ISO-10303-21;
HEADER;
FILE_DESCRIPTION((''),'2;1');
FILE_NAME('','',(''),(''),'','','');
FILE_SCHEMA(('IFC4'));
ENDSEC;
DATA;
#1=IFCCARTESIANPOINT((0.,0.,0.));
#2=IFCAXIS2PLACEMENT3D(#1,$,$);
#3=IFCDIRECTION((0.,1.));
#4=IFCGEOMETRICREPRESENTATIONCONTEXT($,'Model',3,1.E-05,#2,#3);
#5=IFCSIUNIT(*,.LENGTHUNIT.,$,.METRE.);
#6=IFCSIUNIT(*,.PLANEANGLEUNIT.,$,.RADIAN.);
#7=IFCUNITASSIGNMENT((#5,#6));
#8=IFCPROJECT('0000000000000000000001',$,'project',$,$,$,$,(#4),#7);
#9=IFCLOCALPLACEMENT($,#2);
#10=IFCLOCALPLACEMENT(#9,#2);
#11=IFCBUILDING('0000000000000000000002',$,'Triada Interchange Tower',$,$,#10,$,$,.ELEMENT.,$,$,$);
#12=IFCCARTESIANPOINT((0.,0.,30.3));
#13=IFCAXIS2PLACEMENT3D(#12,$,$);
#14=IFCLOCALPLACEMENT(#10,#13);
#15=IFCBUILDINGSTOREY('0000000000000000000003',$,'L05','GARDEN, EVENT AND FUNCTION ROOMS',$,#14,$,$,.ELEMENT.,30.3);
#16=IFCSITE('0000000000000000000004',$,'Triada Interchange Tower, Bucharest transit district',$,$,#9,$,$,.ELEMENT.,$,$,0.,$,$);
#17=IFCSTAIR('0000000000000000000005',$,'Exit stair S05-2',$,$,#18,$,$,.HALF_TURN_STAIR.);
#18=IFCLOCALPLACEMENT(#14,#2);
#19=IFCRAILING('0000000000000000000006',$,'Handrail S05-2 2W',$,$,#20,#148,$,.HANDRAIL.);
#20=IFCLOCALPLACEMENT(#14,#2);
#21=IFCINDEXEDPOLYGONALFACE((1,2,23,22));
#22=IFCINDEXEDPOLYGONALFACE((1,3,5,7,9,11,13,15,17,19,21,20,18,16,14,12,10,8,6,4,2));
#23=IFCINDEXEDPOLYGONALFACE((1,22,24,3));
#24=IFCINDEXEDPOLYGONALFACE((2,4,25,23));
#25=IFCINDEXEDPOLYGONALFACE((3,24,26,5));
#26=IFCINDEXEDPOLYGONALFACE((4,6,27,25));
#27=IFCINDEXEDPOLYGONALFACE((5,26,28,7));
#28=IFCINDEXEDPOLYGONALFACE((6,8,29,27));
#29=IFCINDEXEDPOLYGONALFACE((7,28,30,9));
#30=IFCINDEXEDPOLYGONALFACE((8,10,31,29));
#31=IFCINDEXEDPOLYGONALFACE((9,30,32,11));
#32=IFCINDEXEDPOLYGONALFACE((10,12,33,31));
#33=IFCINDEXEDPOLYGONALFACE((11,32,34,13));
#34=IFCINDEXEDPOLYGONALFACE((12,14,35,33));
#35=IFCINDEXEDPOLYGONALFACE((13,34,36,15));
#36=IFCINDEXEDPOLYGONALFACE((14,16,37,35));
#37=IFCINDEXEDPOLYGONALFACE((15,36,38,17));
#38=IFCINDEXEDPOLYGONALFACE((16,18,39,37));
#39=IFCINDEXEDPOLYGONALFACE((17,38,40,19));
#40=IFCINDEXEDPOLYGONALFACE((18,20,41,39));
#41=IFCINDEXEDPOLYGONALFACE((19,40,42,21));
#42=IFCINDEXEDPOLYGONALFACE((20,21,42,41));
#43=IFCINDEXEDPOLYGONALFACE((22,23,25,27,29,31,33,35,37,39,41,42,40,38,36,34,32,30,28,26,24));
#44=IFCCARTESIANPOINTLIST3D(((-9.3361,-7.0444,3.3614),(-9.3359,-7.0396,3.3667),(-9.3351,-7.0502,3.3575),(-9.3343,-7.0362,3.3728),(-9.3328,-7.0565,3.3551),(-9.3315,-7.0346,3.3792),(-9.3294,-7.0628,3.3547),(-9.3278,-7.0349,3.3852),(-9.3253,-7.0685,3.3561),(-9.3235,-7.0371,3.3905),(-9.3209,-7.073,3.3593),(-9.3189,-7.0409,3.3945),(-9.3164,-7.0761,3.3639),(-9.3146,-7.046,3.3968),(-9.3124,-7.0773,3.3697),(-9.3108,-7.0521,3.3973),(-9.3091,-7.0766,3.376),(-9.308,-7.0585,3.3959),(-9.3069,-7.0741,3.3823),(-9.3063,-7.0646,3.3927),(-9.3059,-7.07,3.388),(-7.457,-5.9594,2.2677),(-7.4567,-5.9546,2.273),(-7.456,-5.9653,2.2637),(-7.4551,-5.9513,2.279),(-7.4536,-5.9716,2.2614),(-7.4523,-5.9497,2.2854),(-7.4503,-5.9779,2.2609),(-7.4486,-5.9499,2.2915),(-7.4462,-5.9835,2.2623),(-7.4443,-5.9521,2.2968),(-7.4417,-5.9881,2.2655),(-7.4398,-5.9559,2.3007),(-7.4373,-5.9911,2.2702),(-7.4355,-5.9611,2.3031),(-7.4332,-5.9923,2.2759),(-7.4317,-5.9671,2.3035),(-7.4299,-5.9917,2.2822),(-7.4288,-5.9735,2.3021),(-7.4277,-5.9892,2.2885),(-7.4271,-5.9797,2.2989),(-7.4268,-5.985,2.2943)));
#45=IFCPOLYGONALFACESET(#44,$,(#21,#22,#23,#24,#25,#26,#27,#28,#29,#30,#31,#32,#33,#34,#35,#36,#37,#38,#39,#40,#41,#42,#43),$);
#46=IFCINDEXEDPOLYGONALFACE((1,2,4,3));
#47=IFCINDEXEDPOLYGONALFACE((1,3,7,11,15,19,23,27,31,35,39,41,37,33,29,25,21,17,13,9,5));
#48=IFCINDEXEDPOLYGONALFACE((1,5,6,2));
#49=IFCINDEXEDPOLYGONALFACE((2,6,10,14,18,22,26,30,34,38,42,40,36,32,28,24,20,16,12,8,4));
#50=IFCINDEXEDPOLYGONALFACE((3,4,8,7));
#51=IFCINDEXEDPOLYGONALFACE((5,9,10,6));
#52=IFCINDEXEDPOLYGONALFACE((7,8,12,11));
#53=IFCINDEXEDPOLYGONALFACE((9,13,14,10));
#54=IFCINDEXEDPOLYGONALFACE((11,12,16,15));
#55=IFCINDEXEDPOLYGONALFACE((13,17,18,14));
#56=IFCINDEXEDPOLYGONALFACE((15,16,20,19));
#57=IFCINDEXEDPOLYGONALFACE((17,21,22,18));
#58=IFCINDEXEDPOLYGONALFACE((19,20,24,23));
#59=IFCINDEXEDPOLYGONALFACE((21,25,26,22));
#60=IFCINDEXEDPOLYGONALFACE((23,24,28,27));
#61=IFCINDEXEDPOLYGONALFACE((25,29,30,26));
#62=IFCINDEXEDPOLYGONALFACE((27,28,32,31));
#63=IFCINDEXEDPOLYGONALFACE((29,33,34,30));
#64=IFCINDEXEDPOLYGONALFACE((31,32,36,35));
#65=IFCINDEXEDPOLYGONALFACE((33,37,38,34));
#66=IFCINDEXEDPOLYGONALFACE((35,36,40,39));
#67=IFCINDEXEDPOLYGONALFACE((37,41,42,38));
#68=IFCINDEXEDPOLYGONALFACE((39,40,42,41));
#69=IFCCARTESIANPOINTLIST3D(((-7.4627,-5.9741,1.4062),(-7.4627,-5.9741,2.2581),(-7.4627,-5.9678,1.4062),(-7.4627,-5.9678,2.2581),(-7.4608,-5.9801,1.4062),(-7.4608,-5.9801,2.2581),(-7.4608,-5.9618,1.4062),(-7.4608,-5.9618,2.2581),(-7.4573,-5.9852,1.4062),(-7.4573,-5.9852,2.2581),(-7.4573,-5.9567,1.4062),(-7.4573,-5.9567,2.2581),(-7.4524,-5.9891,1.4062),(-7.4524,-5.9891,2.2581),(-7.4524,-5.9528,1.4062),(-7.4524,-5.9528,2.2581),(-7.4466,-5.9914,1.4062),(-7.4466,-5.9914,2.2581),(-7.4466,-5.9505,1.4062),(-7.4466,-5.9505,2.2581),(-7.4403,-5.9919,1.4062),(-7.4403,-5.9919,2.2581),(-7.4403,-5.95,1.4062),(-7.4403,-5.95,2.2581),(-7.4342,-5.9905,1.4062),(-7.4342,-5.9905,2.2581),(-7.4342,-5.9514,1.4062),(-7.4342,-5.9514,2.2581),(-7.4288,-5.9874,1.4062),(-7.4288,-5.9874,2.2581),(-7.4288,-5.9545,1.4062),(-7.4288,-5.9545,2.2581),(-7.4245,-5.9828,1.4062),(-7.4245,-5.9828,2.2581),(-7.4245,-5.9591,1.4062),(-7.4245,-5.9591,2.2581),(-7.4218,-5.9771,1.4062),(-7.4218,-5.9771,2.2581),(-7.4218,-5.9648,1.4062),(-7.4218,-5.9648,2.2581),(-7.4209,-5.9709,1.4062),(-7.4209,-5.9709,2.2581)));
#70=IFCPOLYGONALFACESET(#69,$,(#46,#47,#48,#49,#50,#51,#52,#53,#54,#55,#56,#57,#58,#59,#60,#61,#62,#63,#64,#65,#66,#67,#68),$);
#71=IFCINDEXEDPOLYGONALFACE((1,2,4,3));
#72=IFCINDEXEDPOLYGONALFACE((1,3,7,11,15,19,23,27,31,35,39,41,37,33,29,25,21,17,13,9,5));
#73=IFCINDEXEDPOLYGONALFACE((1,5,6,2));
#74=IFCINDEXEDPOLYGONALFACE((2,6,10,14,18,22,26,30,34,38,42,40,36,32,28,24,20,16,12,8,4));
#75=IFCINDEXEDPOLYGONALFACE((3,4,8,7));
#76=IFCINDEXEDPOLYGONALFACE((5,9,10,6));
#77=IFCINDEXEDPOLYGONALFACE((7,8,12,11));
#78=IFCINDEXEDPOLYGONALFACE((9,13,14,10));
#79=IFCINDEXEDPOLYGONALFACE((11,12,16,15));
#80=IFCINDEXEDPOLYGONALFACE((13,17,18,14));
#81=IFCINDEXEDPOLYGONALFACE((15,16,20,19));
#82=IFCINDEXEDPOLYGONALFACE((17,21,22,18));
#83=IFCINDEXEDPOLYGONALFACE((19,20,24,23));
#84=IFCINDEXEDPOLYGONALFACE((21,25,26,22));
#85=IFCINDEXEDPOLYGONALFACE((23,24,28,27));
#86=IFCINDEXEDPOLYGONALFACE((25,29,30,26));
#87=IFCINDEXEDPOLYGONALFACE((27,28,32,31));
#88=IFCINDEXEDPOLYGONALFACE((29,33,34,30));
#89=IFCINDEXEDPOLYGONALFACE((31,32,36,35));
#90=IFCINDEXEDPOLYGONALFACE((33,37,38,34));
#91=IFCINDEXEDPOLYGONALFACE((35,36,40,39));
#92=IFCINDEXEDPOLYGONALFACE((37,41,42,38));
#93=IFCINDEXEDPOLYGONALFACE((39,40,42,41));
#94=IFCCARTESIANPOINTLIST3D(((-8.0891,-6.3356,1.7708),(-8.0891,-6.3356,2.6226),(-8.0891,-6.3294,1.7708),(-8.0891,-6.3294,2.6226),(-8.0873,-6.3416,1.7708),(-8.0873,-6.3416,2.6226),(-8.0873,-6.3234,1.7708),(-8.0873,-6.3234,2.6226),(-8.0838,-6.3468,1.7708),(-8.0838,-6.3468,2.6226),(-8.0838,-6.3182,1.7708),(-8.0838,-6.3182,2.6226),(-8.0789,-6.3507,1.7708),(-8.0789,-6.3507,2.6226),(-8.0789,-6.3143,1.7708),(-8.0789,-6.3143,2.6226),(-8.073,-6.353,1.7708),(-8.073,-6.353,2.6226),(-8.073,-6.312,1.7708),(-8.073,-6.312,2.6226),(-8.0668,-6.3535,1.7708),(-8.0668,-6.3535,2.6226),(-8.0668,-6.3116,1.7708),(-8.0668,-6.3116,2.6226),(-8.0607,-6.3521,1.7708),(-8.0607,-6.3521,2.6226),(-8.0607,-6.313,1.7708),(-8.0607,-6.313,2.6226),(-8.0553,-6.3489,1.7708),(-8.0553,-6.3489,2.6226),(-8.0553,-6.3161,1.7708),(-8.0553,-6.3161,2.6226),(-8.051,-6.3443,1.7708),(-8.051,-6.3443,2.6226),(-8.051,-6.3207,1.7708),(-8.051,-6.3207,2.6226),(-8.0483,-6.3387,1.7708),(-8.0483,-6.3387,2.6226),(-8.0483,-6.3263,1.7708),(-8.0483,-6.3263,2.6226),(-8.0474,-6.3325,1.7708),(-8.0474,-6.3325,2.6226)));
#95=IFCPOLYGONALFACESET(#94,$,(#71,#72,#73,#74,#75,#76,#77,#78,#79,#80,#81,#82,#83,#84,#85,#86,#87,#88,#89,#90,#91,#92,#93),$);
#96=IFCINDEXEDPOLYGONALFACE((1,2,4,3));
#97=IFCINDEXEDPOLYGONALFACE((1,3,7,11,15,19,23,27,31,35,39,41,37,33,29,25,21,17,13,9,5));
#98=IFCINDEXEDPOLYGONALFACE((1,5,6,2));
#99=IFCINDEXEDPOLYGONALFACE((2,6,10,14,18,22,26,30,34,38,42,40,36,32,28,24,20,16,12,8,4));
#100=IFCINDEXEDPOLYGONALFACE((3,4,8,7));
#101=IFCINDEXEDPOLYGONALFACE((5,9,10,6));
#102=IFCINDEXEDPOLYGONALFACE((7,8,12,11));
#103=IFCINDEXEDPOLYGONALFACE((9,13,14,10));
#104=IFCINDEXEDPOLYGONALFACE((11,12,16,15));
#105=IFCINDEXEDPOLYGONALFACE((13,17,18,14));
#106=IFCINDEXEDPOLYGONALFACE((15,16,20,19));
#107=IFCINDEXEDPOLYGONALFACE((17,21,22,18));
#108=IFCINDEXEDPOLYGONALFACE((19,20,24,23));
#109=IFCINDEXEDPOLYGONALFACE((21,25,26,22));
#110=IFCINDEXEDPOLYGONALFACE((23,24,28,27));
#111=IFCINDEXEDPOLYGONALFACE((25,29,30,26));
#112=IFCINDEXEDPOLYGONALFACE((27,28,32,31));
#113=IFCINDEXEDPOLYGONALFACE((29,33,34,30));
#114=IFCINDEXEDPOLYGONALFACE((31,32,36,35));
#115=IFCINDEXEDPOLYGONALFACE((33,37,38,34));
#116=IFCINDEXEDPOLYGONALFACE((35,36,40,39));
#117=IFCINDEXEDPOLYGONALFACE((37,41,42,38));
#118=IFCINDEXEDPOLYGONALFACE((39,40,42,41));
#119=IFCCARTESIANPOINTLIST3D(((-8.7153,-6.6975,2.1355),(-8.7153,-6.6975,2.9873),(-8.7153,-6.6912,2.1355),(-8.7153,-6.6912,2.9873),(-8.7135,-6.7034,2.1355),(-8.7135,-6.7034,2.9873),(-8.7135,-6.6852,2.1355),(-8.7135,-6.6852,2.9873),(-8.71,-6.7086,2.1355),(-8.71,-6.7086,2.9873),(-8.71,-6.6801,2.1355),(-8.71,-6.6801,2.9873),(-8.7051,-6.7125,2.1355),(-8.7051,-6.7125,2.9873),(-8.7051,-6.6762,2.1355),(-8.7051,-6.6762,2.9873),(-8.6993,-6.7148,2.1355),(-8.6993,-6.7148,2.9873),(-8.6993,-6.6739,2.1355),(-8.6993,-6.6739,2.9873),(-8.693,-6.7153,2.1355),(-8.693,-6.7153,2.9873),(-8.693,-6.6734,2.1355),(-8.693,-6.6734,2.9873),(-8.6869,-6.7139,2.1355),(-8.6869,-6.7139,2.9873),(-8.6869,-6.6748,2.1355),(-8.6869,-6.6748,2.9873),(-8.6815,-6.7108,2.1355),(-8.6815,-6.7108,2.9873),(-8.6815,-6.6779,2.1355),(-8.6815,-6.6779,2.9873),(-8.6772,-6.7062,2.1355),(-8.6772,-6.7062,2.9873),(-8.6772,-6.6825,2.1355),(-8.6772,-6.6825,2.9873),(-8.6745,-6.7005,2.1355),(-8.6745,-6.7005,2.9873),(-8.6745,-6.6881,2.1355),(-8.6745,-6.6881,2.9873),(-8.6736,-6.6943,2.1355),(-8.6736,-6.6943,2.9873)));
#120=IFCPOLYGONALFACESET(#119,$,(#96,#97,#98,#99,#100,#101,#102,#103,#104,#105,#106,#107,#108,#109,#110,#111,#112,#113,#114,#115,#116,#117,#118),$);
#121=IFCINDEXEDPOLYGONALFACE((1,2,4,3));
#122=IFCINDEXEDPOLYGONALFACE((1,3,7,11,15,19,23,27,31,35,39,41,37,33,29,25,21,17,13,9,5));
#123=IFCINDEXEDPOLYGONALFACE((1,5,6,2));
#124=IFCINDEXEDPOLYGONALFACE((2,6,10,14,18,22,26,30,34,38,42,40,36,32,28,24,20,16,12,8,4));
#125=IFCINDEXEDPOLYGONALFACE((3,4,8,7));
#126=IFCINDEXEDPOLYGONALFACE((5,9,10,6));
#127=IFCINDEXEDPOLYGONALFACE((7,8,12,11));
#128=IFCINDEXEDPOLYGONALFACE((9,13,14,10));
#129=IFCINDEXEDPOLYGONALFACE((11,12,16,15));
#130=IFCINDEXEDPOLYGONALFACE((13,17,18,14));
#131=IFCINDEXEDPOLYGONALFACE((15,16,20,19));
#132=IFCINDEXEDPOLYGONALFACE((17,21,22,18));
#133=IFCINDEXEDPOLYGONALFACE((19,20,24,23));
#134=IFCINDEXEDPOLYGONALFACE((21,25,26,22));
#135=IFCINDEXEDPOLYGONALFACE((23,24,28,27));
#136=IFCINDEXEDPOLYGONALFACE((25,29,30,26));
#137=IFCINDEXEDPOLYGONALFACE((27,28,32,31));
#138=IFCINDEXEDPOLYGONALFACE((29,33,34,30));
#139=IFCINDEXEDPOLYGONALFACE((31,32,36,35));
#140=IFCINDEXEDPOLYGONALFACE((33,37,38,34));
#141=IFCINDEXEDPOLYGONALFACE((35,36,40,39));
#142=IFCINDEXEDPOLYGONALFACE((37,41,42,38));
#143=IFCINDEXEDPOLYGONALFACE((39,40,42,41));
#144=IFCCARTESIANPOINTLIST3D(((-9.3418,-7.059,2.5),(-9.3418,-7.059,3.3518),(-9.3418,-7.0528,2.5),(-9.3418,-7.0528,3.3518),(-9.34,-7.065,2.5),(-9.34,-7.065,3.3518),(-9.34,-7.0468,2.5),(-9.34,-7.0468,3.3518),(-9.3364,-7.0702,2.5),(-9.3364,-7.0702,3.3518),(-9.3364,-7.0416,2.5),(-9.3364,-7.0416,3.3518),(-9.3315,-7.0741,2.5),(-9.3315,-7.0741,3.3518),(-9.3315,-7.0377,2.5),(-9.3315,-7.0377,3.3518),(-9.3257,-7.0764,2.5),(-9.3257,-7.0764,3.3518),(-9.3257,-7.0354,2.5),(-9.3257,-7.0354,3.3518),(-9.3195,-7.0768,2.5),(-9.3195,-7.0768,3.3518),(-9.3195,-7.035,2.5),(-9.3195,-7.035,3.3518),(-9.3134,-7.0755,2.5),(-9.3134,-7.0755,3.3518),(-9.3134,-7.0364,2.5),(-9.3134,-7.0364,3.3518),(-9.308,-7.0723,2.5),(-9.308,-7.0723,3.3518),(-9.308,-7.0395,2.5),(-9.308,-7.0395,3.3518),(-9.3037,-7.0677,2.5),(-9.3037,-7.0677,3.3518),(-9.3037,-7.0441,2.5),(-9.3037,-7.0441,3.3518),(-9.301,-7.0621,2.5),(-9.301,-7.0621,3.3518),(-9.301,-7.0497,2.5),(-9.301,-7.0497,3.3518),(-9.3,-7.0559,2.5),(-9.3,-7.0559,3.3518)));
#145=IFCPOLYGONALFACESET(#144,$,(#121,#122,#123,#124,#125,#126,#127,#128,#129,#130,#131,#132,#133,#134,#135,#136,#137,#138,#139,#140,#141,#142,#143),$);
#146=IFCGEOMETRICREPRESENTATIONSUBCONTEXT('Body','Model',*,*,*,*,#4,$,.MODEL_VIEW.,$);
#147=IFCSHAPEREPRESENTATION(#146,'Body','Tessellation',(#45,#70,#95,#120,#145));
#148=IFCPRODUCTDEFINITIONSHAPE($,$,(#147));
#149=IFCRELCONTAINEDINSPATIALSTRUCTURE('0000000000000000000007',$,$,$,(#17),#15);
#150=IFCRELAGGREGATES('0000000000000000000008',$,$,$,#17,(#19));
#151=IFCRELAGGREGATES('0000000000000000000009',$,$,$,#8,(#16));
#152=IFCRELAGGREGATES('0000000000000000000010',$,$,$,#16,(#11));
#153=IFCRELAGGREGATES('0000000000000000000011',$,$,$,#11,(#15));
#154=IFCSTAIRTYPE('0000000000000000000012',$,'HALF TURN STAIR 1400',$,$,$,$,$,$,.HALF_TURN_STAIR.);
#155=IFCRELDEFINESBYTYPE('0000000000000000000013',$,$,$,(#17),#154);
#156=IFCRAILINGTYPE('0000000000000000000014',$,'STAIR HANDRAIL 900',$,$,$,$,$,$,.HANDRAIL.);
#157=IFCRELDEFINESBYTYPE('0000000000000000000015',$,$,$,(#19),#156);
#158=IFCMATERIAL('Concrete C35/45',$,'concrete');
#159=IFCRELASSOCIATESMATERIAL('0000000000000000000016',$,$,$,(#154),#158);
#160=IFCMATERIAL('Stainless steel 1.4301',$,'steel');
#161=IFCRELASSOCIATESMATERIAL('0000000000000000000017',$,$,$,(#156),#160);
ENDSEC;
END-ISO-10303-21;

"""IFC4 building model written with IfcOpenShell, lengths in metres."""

from ifc_helpers import new_model, si_unit, direction, frame, origin, origin_2d, place, context, subcontext, project, spatial, circle, extrude, material, type_object, element, aggregate, save


model = new_model("IFC4")

# Units and contexts
model_context = context("Model", 3, precision=1e-05, world=origin(), true_north=direction((0.0, 1.0)))
body_context = subcontext(model_context, "Body", "Model", "MODEL_VIEW")
ifc_project = project(units=[si_unit("LENGTHUNIT", "METRE"), si_unit("PLANEANGLEUNIT", "RADIAN")], contexts=[model_context])

# Site, building, storey
site_placement = place(None, origin())
site = spatial("IfcSite", under=ifc_project, at=site_placement, Name="Triada Interchange Tower, Bucharest transit district", CompositionType="ELEMENT", RefElevation=0.0)
building_placement = place(site_placement, origin())
building = spatial("IfcBuilding", under=site, at=building_placement, Name="Triada Interchange Tower", CompositionType="ELEMENT")
storey_placement = place(building_placement, frame((0.0, 0.0, 30.3)))
storey = spatial("IfcBuildingStorey", under=building, at=storey_placement, Name="L05", Description="GARDEN, EVENT AND FUNCTION ROOMS", CompositionType="ELEMENT", Elevation=30.3)

# Stair, railing
ifc_material_1 = material(Name="Concrete C35/45", Category="concrete")
stair_type = type_object("IfcStairType", Name="HALF TURN STAIR 1400", PredefinedType="HALF_TURN_STAIR", material=ifc_material_1)
stair_placement = place(storey_placement, origin())
stair = element("IfcStair", 1, at=stair_placement, inside=storey, type_object=stair_type, Name="Exit stair S05-2", PredefinedType="HALF_TURN_STAIR")
ifc_material_2 = material(Name="Stainless steel 1.4301", Category="steel")
railing_type = type_object("IfcRailingType", Name="STAIR HANDRAIL 900", PredefinedType="HANDRAIL", material=ifc_material_2)
railing_1_placement = place(storey_placement, frame((-7.4419, -5.9709, 1.4062)))
railing_1 = element("IfcRailing", 2, at=railing_1_placement, type_object=railing_type, Name="Handrail S05-2 2W", PredefinedType="HANDRAIL", context=body_context, shape_type="SweptSolid", body=[
    extrude(circle(Radius=0.0239, at=origin_2d()), frame((0.0, 0.0, 0.876), z_axis=(-0.77333, -0.446496, 0.450113), x_axis=(0.500011, -0.866019, 0.0)), (0.0, 0.0, 1.0), 2.4299),
    extrude(circle(Radius=0.021, at=origin_2d()), origin(), (0.0, 0.0, 1.0), 0.8518),
    extrude(circle(Radius=0.021, at=origin_2d()), frame((-0.6265, -0.3616, 0.3645)), (0.0, 0.0, 1.0), 0.8518),
    extrude(circle(Radius=0.021, at=origin_2d()), frame((-1.2527, -0.7234, 0.7292)), (0.0, 0.0, 1.0), 0.8518),
    extrude(circle(Radius=0.021, at=origin_2d()), frame((-1.8792, -1.085, 1.0938)), (0.0, 0.0, 1.0), 0.8518),
])
aggregate(stair, [railing_1])

save(model, "model.ifc")
